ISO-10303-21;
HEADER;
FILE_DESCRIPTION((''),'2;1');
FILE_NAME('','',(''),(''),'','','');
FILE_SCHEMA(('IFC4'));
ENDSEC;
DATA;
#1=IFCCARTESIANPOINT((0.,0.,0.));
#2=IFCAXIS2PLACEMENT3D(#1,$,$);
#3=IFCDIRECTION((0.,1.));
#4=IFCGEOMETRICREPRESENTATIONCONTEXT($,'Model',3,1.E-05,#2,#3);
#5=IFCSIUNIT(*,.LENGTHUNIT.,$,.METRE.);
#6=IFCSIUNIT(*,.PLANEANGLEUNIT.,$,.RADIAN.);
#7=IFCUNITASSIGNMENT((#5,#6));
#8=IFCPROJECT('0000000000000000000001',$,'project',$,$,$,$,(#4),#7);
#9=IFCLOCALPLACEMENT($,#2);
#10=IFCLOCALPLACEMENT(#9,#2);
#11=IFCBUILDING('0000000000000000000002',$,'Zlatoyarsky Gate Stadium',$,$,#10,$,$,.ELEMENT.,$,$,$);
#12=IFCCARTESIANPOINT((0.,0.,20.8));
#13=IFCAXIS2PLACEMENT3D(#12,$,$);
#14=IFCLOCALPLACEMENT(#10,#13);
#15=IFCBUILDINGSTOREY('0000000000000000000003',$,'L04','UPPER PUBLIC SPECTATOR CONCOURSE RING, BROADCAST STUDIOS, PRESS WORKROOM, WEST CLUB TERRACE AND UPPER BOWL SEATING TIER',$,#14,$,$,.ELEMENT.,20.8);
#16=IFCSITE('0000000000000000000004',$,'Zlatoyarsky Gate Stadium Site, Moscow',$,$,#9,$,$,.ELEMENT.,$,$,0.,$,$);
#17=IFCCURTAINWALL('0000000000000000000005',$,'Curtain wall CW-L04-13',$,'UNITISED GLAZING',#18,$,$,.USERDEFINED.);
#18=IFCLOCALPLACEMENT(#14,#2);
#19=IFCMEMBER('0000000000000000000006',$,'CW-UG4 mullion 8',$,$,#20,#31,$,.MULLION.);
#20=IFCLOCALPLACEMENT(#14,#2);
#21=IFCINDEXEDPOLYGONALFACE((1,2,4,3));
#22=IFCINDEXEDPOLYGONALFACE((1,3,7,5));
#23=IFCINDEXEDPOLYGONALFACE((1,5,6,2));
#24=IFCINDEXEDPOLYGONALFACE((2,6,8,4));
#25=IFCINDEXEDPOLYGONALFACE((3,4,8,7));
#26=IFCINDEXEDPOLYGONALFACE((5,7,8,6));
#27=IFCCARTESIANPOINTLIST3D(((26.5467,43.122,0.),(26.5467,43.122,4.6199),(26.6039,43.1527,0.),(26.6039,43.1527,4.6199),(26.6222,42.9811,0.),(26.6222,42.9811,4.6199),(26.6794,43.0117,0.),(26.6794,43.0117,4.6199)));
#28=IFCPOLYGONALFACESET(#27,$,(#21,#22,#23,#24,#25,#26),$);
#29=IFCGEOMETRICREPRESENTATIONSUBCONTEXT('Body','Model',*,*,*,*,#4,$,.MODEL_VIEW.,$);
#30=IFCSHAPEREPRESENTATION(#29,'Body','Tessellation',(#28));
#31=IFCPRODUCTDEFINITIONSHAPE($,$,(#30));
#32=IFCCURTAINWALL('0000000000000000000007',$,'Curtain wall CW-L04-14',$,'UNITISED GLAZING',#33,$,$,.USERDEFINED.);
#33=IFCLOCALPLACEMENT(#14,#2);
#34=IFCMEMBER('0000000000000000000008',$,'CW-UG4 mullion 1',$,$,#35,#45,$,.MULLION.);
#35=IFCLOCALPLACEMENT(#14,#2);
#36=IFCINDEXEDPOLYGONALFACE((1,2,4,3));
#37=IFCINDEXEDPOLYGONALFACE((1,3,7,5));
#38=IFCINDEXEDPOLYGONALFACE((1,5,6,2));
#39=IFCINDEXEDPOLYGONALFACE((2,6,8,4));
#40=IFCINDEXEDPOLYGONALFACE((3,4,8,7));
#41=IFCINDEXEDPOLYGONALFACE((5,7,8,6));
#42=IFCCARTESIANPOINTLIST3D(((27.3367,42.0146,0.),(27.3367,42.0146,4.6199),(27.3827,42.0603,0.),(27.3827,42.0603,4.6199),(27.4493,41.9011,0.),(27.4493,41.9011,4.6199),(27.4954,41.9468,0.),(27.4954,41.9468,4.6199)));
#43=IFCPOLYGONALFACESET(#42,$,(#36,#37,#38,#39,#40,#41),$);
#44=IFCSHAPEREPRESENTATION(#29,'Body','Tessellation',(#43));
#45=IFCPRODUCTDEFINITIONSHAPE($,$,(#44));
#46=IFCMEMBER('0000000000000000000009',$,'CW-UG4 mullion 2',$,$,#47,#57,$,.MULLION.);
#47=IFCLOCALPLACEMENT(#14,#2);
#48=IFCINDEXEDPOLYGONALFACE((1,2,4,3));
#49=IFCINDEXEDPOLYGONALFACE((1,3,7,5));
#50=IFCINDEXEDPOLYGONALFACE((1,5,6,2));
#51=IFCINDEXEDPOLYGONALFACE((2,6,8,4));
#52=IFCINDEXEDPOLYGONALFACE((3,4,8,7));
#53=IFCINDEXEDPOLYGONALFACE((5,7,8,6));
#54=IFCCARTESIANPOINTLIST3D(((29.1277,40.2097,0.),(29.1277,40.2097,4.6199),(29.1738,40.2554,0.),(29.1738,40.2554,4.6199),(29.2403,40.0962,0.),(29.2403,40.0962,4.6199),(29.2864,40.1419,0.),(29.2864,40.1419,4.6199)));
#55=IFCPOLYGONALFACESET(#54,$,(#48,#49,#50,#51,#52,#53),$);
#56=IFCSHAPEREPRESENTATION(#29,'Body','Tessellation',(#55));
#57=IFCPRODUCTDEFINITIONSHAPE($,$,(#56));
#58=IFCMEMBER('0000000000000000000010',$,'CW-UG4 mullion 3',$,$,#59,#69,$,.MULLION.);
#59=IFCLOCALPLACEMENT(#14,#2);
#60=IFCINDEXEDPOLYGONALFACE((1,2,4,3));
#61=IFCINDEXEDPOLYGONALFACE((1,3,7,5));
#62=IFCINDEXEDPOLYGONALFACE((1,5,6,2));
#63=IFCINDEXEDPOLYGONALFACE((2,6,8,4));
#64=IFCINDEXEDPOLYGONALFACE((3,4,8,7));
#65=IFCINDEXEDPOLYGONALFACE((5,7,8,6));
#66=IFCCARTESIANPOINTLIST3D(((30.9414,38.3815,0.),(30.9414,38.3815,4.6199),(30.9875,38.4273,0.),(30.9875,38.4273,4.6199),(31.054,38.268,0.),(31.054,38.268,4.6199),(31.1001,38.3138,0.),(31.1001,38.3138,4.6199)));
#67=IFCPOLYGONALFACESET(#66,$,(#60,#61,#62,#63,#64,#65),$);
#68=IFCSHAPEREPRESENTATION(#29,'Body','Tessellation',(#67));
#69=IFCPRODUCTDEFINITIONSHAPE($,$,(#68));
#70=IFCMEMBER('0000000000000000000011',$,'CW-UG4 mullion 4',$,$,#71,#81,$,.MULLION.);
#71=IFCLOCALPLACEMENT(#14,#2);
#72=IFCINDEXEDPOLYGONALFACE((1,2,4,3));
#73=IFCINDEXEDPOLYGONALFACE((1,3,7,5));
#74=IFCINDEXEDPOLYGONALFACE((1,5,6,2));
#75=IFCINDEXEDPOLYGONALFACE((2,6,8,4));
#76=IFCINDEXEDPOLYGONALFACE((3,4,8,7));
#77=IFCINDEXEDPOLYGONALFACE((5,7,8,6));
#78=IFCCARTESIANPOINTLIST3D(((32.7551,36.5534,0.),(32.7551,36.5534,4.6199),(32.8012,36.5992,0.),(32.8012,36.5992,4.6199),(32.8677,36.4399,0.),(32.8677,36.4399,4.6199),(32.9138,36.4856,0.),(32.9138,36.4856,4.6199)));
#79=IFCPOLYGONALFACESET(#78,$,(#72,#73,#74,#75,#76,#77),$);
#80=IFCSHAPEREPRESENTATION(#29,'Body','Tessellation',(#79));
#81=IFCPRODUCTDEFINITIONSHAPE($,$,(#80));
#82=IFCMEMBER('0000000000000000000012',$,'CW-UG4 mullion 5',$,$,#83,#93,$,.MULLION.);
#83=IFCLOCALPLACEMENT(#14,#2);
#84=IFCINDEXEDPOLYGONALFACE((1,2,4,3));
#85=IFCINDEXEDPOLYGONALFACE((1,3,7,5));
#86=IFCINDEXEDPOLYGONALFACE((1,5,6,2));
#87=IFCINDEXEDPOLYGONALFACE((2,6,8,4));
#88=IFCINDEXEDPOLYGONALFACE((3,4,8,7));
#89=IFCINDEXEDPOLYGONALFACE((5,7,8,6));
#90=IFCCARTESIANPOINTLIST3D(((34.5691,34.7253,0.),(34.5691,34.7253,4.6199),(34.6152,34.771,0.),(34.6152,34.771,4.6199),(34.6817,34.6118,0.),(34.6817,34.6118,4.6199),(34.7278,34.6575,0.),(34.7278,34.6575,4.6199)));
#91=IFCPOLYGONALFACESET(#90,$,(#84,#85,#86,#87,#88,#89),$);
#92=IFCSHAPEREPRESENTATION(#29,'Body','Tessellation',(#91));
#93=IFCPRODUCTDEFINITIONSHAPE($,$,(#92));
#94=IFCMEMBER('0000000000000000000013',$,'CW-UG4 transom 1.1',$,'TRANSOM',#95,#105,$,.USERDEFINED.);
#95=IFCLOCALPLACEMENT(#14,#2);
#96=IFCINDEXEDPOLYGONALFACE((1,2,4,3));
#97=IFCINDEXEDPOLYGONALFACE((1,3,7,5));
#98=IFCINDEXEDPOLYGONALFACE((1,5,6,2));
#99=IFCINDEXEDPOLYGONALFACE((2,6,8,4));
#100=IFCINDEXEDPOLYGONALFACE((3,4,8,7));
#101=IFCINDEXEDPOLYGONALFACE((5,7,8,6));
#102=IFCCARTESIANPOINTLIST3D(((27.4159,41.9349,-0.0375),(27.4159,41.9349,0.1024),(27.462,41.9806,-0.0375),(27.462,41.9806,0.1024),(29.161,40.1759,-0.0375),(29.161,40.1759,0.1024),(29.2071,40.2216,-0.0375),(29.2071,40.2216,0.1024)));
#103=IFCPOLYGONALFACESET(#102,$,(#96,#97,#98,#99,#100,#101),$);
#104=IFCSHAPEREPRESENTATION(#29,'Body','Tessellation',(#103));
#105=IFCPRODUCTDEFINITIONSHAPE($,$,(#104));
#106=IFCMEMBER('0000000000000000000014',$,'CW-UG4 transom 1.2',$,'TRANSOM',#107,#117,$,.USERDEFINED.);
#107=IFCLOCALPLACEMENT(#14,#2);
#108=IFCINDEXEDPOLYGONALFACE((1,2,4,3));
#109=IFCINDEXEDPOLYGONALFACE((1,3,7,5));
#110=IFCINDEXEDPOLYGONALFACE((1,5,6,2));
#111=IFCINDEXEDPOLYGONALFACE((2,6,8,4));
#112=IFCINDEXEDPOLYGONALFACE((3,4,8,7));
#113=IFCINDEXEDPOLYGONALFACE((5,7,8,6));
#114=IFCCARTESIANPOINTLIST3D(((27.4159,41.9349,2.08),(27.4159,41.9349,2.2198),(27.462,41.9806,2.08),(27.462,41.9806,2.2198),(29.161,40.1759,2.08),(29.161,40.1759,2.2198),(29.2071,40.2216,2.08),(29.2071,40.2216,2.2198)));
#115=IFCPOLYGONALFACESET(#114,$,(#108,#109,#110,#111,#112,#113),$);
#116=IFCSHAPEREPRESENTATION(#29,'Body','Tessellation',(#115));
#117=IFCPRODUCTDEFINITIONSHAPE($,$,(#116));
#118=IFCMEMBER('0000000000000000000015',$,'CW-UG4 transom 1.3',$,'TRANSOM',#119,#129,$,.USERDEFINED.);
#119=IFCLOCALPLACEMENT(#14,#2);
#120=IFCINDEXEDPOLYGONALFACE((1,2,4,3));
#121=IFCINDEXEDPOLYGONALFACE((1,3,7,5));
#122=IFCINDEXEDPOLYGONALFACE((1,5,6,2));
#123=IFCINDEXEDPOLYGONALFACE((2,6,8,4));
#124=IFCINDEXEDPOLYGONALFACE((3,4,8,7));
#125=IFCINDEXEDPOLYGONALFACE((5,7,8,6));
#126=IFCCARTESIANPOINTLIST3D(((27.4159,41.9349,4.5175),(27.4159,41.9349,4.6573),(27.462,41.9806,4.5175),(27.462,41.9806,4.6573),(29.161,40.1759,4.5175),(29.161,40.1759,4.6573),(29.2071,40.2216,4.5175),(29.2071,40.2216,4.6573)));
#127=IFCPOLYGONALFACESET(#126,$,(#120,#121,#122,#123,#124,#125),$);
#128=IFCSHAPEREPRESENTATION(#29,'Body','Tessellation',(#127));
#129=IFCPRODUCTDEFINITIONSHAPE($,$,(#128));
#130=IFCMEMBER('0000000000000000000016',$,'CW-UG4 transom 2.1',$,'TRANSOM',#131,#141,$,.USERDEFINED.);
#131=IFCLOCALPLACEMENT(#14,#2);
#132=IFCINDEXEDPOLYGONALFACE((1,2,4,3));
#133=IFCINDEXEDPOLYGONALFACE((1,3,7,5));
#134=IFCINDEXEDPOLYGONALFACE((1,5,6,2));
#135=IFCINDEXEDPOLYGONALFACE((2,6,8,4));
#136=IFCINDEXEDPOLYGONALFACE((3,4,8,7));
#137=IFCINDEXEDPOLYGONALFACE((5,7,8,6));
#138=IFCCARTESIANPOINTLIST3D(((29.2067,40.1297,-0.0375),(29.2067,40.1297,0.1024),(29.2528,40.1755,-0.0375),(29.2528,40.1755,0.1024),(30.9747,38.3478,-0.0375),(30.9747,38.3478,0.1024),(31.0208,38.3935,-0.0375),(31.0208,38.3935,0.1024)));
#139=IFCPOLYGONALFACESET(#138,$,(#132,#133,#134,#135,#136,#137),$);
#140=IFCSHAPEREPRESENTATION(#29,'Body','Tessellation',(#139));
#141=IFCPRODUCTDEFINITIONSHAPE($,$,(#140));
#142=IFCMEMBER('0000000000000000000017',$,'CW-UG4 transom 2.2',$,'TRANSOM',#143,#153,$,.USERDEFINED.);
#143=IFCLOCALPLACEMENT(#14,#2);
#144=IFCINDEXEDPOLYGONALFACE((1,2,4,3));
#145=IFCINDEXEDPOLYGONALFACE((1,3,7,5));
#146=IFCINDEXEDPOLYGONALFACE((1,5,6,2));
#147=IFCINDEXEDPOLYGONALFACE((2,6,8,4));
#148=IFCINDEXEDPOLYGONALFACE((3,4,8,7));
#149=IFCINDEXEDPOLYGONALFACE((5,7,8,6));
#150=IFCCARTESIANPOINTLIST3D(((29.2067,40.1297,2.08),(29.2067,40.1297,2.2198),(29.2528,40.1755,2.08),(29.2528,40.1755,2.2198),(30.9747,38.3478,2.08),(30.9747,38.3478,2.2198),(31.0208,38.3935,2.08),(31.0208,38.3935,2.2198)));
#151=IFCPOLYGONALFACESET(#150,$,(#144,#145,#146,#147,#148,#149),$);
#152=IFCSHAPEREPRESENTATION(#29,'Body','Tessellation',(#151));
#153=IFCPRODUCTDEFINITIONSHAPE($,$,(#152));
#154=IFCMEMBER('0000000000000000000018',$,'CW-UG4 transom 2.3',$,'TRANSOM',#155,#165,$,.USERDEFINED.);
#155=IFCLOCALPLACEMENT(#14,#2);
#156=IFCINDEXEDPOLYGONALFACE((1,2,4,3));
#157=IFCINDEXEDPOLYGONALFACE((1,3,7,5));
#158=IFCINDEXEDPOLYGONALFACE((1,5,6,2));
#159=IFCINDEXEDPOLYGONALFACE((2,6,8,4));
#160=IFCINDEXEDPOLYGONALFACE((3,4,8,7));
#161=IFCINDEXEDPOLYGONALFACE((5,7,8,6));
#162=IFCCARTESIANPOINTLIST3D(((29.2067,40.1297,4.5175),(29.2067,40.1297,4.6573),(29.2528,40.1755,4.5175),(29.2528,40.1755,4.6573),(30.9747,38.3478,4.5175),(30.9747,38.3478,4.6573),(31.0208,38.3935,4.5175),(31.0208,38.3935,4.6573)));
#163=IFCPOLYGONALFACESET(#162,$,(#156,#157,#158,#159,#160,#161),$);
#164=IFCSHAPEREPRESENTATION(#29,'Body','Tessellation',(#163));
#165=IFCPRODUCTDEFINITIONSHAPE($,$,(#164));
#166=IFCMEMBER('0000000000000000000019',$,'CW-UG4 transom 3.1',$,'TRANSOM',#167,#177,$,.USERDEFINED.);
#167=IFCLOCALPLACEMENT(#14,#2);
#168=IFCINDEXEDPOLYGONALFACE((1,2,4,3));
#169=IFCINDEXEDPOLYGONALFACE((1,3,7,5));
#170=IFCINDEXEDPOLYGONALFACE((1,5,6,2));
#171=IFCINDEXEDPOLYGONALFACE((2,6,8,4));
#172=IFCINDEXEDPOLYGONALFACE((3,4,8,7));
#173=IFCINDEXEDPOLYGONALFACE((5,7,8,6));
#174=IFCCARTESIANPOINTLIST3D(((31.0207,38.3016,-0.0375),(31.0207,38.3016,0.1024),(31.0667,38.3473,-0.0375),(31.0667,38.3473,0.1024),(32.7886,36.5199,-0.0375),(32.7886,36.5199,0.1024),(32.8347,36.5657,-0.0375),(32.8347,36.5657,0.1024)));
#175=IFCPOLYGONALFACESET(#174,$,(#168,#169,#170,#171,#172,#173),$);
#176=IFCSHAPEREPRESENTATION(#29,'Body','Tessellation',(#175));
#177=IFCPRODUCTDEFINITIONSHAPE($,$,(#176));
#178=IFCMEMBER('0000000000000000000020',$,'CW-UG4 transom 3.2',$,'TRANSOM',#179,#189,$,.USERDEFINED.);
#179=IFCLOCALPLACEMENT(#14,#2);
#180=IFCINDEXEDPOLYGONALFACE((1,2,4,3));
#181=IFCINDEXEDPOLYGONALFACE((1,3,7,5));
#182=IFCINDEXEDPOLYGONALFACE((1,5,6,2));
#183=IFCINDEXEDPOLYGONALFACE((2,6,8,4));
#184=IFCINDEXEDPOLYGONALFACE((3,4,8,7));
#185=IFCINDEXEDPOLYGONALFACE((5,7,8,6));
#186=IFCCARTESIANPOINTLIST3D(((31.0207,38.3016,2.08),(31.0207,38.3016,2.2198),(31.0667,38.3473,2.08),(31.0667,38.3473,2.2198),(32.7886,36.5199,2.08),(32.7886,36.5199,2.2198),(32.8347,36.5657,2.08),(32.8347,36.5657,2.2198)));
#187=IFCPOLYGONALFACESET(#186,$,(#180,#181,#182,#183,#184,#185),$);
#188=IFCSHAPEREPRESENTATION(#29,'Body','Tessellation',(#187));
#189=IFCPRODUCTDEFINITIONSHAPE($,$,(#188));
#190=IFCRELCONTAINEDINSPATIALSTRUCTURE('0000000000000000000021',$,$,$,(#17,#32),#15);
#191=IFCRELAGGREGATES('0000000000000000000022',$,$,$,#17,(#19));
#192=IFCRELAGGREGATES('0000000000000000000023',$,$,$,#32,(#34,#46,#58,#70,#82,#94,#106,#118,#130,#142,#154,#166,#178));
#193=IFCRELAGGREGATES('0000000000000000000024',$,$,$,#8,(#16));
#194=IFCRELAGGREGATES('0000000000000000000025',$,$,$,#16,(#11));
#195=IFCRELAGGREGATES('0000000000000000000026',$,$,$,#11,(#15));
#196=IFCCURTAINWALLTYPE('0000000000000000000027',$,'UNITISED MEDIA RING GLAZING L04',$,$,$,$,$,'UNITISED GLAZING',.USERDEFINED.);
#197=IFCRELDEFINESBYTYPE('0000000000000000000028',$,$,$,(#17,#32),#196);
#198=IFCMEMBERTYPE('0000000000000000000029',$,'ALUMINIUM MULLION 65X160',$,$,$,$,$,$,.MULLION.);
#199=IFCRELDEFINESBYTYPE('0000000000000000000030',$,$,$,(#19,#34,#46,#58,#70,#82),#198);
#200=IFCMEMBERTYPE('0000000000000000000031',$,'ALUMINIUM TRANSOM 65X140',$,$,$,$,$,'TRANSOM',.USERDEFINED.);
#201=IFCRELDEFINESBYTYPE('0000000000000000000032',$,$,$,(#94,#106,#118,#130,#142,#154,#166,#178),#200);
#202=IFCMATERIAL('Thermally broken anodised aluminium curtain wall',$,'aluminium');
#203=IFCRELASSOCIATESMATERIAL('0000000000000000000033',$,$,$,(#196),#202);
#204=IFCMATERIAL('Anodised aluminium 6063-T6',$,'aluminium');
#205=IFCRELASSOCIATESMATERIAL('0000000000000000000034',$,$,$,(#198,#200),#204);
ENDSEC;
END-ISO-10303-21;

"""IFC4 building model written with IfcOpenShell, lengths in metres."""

from ifc_helpers import new_model, si_unit, direction, frame, origin, origin_2d, place, context, subcontext, project, spatial, rectangle, extrude, material, material_profile, profile_set, type_object, element, aggregate, save


model = new_model("IFC4")

# Units and contexts
model_context = context("Model", 3, precision=1e-05, world=origin(), true_north=direction((0.0, 1.0)))
body_context = subcontext(model_context, "Body", "Model", "MODEL_VIEW")
ifc_project = project(units=[si_unit("LENGTHUNIT", "METRE"), si_unit("PLANEANGLEUNIT", "RADIAN")], contexts=[model_context])

# Site, building, storey
site_placement = place(None, origin())
site = spatial("IfcSite", under=ifc_project, at=site_placement, Name="Zlatoyarsky Gate Stadium Site, Moscow", CompositionType="ELEMENT", RefElevation=0.0)
building_placement = place(site_placement, origin())
building = spatial("IfcBuilding", under=site, at=building_placement, Name="Zlatoyarsky Gate Stadium", CompositionType="ELEMENT")
storey_placement = place(building_placement, frame((0.0, 0.0, 20.8)))
storey = spatial("IfcBuildingStorey", under=building, at=storey_placement, Name="L04", Description="UPPER PUBLIC SPECTATOR CONCOURSE RING, BROADCAST STUDIOS, PRESS WORKROOM, WEST CLUB TERRACE AND UPPER BOWL SEATING TIER", CompositionType="ELEMENT", Elevation=20.8)

# Curtain wall, member
ifc_material_1 = material(Name="Thermally broken anodised aluminium curtain wall", Category="aluminium")
curtain_wall_type = type_object("IfcCurtainWallType", Name="UNITISED MEDIA RING GLAZING L04", ElementType="UNITISED GLAZING", PredefinedType="USERDEFINED", material=ifc_material_1)
curtain_wall_1_placement = place(storey_placement, origin())
curtain_wall_1 = element("IfcCurtainWall", 1, at=curtain_wall_1_placement, inside=storey, type_object=curtain_wall_type, Name="Curtain wall CW-L04-13", ObjectType="UNITISED GLAZING", PredefinedType="USERDEFINED")
ifc_material_2 = material(Name="Anodised aluminium 6063-T6", Category="aluminium")
ifc_material_profile_1 = material_profile(ifc_material_2, rectangle(XDim=0.0649, YDim=0.1599, at=origin_2d()), Name="ALU 65X160")
ifc_profile_set_1 = profile_set([ifc_material_profile_1], Name="Anodised aluminium 6063-T6")
member_type_1 = type_object("IfcMemberType", Name="ALUMINIUM MULLION 65X160", PredefinedType="MULLION", material=ifc_profile_set_1)
member_1_placement = place(storey_placement, frame((26.613, 43.0669, 0.0), z_axis=(0.0, 0.0, 1.0), x_axis=(0.881521, 0.472145, 0.0)))
member_1 = element("IfcMember", 2, at=member_1_placement, type_object=member_type_1, Name="CW-UG4 mullion 8", PredefinedType="MULLION", context=body_context, shape_type="SweptSolid", body=[
    extrude(rectangle(XDim=0.0649, YDim=0.1599, at=origin_2d()), origin(), (0.0, 0.0, 1.0), 4.6199),
])
aggregate(curtain_wall_1, [member_1])

# Curtain wall, members
curtain_wall_2_placement = place(storey_placement, origin())
curtain_wall_2 = element("IfcCurtainWall", 3, at=curtain_wall_2_placement, inside=storey, type_object=curtain_wall_type, Name="Curtain wall CW-L04-14", ObjectType="UNITISED GLAZING", PredefinedType="USERDEFINED")
member_2_placement = place(storey_placement, frame((27.416, 41.9807, 0.0), z_axis=(0.0, 0.0, 1.0), x_axis=(0.709871, 0.704332, 0.0)))
member_2 = element("IfcMember", 4, at=member_2_placement, type_object=member_type_1, Name="CW-UG4 mullion 1", PredefinedType="MULLION", context=body_context, shape_type="SweptSolid", body=[
    extrude(rectangle(XDim=0.0649, YDim=0.1599, at=origin_2d()), origin(), (0.0, 0.0, 1.0), 4.6199),
])
member_3_placement = place(storey_placement, frame((29.207, 40.1758, 0.0), z_axis=(0.0, 0.0, 1.0), x_axis=(0.709871, 0.704332, 0.0)))
member_3 = element("IfcMember", 5, at=member_3_placement, type_object=member_type_1, Name="CW-UG4 mullion 2", PredefinedType="MULLION", context=body_context, shape_type="SweptSolid", body=[
    extrude(rectangle(XDim=0.0649, YDim=0.1599, at=origin_2d()), origin(), (0.0, 0.0, 1.0), 4.6199),
])
member_4_placement = place(storey_placement, frame((31.0208, 38.3477, 0.0), z_axis=(0.0, 0.0, 1.0), x_axis=(0.709871, 0.704332, 0.0)))
member_4 = element("IfcMember", 6, at=member_4_placement, type_object=member_type_1, Name="CW-UG4 mullion 3", PredefinedType="MULLION", context=body_context, shape_type="SweptSolid", body=[
    extrude(rectangle(XDim=0.0649, YDim=0.1599, at=origin_2d()), origin(), (0.0, 0.0, 1.0), 4.6199),
])
member_5_placement = place(storey_placement, frame((32.8345, 36.5195, 0.0), z_axis=(0.0, 0.0, 1.0), x_axis=(0.709871, 0.704332, 0.0)))
member_5 = element("IfcMember", 7, at=member_5_placement, type_object=member_type_1, Name="CW-UG4 mullion 4", PredefinedType="MULLION", context=body_context, shape_type="SweptSolid", body=[
    extrude(rectangle(XDim=0.0649, YDim=0.1599, at=origin_2d()), origin(), (0.0, 0.0, 1.0), 4.6199),
])
member_6_placement = place(storey_placement, frame((34.6484, 34.6914, 0.0), z_axis=(0.0, 0.0, 1.0), x_axis=(0.709871, 0.704332, 0.0)))
member_6 = element("IfcMember", 8, at=member_6_placement, type_object=member_type_1, Name="CW-UG4 mullion 5", PredefinedType="MULLION", context=body_context, shape_type="SweptSolid", body=[
    extrude(rectangle(XDim=0.0649, YDim=0.1599, at=origin_2d()), origin(), (0.0, 0.0, 1.0), 4.6199),
])
ifc_material_profile_2 = material_profile(ifc_material_2, rectangle(XDim=0.0649, YDim=0.1399, at=origin_2d()), Name="ALU 65X140")
ifc_profile_set_2 = profile_set([ifc_material_profile_2], Name="Anodised aluminium 6063-T6")
member_type_2 = type_object("IfcMemberType", Name="ALUMINIUM TRANSOM 65X140", ElementType="TRANSOM", PredefinedType="USERDEFINED", material=ifc_profile_set_2)
member_7_placement = place(storey_placement, frame((27.439, 41.9578, 0.0325), z_axis=(0.704293, -0.709909, 0.0), x_axis=(0.709909, 0.704293, 0.0)))
member_7 = element("IfcMember", 9, at=member_7_placement, type_object=member_type_2, Name="CW-UG4 transom 1.1", ObjectType="TRANSOM", PredefinedType="USERDEFINED", context=body_context, shape_type="SweptSolid", body=[
    extrude(rectangle(XDim=0.0649, YDim=0.1399, at=origin_2d()), origin(), (0.0, 0.0, 1.0), 2.4778),
])
member_8_placement = place(storey_placement, frame((27.439, 41.9578, 2.1499), z_axis=(0.704293, -0.709909, 0.0), x_axis=(0.709909, 0.704293, 0.0)))
member_8 = element("IfcMember", 10, at=member_8_placement, type_object=member_type_2, Name="CW-UG4 transom 1.2", ObjectType="TRANSOM", PredefinedType="USERDEFINED", context=body_context, shape_type="SweptSolid", body=[
    extrude(rectangle(XDim=0.0649, YDim=0.1399, at=origin_2d()), origin(), (0.0, 0.0, 1.0), 2.4778),
])
member_9_placement = place(storey_placement, frame((27.439, 41.9578, 4.5874), z_axis=(0.704293, -0.709909, 0.0), x_axis=(0.709909, 0.704293, 0.0)))
member_9 = element("IfcMember", 11, at=member_9_placement, type_object=member_type_2, Name="CW-UG4 transom 1.3", ObjectType="TRANSOM", PredefinedType="USERDEFINED", context=body_context, shape_type="SweptSolid", body=[
    extrude(rectangle(XDim=0.0649, YDim=0.1399, at=origin_2d()), origin(), (0.0, 0.0, 1.0), 2.4778),
])
member_10_placement = place(storey_placement, frame((29.2297, 40.1526, 0.0325), z_axis=(0.70433, -0.709873, 0.0), x_axis=(0.709873, 0.70433, 0.0)))
member_10 = element("IfcMember", 12, at=member_10_placement, type_object=member_type_2, Name="CW-UG4 transom 2.1", ObjectType="TRANSOM", PredefinedType="USERDEFINED", context=body_context, shape_type="SweptSolid", body=[
    extrude(rectangle(XDim=0.0649, YDim=0.1399, at=origin_2d()), origin(), (0.0, 0.0, 1.0), 2.5103),
])
member_11_placement = place(storey_placement, frame((29.2297, 40.1526, 2.1499), z_axis=(0.70433, -0.709873, 0.0), x_axis=(0.709873, 0.70433, 0.0)))
member_11 = element("IfcMember", 13, at=member_11_placement, type_object=member_type_2, Name="CW-UG4 transom 2.2", ObjectType="TRANSOM", PredefinedType="USERDEFINED", context=body_context, shape_type="SweptSolid", body=[
    extrude(rectangle(XDim=0.0649, YDim=0.1399, at=origin_2d()), origin(), (0.0, 0.0, 1.0), 2.5103),
])
member_12_placement = place(storey_placement, frame((29.2297, 40.1526, 4.5874), z_axis=(0.70433, -0.709873, 0.0), x_axis=(0.709873, 0.70433, 0.0)))
member_12 = element("IfcMember", 14, at=member_12_placement, type_object=member_type_2, Name="CW-UG4 transom 2.3", ObjectType="TRANSOM", PredefinedType="USERDEFINED", context=body_context, shape_type="SweptSolid", body=[
    extrude(rectangle(XDim=0.0649, YDim=0.1399, at=origin_2d()), origin(), (0.0, 0.0, 1.0), 2.5103),
])
member_13_placement = place(storey_placement, frame((31.0437, 38.3245, 0.0325), z_axis=(0.704378, -0.709825, 0.0), x_axis=(0.709825, 0.704378, 0.0)))
member_13 = element("IfcMember", 15, at=member_13_placement, type_object=member_type_2, Name="CW-UG4 transom 3.1", ObjectType="TRANSOM", PredefinedType="USERDEFINED", context=body_context, shape_type="SweptSolid", body=[
    extrude(rectangle(XDim=0.0649, YDim=0.1399, at=origin_2d()), origin(), (0.0, 0.0, 1.0), 2.51),
])
member_14_placement = place(storey_placement, frame((31.0437, 38.3245, 2.1499), z_axis=(0.704378, -0.709825, 0.0), x_axis=(0.709825, 0.704378, 0.0)))
member_14 = element("IfcMember", 16, at=member_14_placement, type_object=member_type_2, Name="CW-UG4 transom 3.2", ObjectType="TRANSOM", PredefinedType="USERDEFINED", context=body_context, shape_type="SweptSolid", body=[
    extrude(rectangle(XDim=0.0649, YDim=0.1399, at=origin_2d()), origin(), (0.0, 0.0, 1.0), 2.51),
])

aggregate(curtain_wall_2, [member_2, member_3, member_4, member_5, member_6, member_7, member_8, member_9, member_10, member_11, member_12, member_13, member_14])

save(model, "model.ifc")
